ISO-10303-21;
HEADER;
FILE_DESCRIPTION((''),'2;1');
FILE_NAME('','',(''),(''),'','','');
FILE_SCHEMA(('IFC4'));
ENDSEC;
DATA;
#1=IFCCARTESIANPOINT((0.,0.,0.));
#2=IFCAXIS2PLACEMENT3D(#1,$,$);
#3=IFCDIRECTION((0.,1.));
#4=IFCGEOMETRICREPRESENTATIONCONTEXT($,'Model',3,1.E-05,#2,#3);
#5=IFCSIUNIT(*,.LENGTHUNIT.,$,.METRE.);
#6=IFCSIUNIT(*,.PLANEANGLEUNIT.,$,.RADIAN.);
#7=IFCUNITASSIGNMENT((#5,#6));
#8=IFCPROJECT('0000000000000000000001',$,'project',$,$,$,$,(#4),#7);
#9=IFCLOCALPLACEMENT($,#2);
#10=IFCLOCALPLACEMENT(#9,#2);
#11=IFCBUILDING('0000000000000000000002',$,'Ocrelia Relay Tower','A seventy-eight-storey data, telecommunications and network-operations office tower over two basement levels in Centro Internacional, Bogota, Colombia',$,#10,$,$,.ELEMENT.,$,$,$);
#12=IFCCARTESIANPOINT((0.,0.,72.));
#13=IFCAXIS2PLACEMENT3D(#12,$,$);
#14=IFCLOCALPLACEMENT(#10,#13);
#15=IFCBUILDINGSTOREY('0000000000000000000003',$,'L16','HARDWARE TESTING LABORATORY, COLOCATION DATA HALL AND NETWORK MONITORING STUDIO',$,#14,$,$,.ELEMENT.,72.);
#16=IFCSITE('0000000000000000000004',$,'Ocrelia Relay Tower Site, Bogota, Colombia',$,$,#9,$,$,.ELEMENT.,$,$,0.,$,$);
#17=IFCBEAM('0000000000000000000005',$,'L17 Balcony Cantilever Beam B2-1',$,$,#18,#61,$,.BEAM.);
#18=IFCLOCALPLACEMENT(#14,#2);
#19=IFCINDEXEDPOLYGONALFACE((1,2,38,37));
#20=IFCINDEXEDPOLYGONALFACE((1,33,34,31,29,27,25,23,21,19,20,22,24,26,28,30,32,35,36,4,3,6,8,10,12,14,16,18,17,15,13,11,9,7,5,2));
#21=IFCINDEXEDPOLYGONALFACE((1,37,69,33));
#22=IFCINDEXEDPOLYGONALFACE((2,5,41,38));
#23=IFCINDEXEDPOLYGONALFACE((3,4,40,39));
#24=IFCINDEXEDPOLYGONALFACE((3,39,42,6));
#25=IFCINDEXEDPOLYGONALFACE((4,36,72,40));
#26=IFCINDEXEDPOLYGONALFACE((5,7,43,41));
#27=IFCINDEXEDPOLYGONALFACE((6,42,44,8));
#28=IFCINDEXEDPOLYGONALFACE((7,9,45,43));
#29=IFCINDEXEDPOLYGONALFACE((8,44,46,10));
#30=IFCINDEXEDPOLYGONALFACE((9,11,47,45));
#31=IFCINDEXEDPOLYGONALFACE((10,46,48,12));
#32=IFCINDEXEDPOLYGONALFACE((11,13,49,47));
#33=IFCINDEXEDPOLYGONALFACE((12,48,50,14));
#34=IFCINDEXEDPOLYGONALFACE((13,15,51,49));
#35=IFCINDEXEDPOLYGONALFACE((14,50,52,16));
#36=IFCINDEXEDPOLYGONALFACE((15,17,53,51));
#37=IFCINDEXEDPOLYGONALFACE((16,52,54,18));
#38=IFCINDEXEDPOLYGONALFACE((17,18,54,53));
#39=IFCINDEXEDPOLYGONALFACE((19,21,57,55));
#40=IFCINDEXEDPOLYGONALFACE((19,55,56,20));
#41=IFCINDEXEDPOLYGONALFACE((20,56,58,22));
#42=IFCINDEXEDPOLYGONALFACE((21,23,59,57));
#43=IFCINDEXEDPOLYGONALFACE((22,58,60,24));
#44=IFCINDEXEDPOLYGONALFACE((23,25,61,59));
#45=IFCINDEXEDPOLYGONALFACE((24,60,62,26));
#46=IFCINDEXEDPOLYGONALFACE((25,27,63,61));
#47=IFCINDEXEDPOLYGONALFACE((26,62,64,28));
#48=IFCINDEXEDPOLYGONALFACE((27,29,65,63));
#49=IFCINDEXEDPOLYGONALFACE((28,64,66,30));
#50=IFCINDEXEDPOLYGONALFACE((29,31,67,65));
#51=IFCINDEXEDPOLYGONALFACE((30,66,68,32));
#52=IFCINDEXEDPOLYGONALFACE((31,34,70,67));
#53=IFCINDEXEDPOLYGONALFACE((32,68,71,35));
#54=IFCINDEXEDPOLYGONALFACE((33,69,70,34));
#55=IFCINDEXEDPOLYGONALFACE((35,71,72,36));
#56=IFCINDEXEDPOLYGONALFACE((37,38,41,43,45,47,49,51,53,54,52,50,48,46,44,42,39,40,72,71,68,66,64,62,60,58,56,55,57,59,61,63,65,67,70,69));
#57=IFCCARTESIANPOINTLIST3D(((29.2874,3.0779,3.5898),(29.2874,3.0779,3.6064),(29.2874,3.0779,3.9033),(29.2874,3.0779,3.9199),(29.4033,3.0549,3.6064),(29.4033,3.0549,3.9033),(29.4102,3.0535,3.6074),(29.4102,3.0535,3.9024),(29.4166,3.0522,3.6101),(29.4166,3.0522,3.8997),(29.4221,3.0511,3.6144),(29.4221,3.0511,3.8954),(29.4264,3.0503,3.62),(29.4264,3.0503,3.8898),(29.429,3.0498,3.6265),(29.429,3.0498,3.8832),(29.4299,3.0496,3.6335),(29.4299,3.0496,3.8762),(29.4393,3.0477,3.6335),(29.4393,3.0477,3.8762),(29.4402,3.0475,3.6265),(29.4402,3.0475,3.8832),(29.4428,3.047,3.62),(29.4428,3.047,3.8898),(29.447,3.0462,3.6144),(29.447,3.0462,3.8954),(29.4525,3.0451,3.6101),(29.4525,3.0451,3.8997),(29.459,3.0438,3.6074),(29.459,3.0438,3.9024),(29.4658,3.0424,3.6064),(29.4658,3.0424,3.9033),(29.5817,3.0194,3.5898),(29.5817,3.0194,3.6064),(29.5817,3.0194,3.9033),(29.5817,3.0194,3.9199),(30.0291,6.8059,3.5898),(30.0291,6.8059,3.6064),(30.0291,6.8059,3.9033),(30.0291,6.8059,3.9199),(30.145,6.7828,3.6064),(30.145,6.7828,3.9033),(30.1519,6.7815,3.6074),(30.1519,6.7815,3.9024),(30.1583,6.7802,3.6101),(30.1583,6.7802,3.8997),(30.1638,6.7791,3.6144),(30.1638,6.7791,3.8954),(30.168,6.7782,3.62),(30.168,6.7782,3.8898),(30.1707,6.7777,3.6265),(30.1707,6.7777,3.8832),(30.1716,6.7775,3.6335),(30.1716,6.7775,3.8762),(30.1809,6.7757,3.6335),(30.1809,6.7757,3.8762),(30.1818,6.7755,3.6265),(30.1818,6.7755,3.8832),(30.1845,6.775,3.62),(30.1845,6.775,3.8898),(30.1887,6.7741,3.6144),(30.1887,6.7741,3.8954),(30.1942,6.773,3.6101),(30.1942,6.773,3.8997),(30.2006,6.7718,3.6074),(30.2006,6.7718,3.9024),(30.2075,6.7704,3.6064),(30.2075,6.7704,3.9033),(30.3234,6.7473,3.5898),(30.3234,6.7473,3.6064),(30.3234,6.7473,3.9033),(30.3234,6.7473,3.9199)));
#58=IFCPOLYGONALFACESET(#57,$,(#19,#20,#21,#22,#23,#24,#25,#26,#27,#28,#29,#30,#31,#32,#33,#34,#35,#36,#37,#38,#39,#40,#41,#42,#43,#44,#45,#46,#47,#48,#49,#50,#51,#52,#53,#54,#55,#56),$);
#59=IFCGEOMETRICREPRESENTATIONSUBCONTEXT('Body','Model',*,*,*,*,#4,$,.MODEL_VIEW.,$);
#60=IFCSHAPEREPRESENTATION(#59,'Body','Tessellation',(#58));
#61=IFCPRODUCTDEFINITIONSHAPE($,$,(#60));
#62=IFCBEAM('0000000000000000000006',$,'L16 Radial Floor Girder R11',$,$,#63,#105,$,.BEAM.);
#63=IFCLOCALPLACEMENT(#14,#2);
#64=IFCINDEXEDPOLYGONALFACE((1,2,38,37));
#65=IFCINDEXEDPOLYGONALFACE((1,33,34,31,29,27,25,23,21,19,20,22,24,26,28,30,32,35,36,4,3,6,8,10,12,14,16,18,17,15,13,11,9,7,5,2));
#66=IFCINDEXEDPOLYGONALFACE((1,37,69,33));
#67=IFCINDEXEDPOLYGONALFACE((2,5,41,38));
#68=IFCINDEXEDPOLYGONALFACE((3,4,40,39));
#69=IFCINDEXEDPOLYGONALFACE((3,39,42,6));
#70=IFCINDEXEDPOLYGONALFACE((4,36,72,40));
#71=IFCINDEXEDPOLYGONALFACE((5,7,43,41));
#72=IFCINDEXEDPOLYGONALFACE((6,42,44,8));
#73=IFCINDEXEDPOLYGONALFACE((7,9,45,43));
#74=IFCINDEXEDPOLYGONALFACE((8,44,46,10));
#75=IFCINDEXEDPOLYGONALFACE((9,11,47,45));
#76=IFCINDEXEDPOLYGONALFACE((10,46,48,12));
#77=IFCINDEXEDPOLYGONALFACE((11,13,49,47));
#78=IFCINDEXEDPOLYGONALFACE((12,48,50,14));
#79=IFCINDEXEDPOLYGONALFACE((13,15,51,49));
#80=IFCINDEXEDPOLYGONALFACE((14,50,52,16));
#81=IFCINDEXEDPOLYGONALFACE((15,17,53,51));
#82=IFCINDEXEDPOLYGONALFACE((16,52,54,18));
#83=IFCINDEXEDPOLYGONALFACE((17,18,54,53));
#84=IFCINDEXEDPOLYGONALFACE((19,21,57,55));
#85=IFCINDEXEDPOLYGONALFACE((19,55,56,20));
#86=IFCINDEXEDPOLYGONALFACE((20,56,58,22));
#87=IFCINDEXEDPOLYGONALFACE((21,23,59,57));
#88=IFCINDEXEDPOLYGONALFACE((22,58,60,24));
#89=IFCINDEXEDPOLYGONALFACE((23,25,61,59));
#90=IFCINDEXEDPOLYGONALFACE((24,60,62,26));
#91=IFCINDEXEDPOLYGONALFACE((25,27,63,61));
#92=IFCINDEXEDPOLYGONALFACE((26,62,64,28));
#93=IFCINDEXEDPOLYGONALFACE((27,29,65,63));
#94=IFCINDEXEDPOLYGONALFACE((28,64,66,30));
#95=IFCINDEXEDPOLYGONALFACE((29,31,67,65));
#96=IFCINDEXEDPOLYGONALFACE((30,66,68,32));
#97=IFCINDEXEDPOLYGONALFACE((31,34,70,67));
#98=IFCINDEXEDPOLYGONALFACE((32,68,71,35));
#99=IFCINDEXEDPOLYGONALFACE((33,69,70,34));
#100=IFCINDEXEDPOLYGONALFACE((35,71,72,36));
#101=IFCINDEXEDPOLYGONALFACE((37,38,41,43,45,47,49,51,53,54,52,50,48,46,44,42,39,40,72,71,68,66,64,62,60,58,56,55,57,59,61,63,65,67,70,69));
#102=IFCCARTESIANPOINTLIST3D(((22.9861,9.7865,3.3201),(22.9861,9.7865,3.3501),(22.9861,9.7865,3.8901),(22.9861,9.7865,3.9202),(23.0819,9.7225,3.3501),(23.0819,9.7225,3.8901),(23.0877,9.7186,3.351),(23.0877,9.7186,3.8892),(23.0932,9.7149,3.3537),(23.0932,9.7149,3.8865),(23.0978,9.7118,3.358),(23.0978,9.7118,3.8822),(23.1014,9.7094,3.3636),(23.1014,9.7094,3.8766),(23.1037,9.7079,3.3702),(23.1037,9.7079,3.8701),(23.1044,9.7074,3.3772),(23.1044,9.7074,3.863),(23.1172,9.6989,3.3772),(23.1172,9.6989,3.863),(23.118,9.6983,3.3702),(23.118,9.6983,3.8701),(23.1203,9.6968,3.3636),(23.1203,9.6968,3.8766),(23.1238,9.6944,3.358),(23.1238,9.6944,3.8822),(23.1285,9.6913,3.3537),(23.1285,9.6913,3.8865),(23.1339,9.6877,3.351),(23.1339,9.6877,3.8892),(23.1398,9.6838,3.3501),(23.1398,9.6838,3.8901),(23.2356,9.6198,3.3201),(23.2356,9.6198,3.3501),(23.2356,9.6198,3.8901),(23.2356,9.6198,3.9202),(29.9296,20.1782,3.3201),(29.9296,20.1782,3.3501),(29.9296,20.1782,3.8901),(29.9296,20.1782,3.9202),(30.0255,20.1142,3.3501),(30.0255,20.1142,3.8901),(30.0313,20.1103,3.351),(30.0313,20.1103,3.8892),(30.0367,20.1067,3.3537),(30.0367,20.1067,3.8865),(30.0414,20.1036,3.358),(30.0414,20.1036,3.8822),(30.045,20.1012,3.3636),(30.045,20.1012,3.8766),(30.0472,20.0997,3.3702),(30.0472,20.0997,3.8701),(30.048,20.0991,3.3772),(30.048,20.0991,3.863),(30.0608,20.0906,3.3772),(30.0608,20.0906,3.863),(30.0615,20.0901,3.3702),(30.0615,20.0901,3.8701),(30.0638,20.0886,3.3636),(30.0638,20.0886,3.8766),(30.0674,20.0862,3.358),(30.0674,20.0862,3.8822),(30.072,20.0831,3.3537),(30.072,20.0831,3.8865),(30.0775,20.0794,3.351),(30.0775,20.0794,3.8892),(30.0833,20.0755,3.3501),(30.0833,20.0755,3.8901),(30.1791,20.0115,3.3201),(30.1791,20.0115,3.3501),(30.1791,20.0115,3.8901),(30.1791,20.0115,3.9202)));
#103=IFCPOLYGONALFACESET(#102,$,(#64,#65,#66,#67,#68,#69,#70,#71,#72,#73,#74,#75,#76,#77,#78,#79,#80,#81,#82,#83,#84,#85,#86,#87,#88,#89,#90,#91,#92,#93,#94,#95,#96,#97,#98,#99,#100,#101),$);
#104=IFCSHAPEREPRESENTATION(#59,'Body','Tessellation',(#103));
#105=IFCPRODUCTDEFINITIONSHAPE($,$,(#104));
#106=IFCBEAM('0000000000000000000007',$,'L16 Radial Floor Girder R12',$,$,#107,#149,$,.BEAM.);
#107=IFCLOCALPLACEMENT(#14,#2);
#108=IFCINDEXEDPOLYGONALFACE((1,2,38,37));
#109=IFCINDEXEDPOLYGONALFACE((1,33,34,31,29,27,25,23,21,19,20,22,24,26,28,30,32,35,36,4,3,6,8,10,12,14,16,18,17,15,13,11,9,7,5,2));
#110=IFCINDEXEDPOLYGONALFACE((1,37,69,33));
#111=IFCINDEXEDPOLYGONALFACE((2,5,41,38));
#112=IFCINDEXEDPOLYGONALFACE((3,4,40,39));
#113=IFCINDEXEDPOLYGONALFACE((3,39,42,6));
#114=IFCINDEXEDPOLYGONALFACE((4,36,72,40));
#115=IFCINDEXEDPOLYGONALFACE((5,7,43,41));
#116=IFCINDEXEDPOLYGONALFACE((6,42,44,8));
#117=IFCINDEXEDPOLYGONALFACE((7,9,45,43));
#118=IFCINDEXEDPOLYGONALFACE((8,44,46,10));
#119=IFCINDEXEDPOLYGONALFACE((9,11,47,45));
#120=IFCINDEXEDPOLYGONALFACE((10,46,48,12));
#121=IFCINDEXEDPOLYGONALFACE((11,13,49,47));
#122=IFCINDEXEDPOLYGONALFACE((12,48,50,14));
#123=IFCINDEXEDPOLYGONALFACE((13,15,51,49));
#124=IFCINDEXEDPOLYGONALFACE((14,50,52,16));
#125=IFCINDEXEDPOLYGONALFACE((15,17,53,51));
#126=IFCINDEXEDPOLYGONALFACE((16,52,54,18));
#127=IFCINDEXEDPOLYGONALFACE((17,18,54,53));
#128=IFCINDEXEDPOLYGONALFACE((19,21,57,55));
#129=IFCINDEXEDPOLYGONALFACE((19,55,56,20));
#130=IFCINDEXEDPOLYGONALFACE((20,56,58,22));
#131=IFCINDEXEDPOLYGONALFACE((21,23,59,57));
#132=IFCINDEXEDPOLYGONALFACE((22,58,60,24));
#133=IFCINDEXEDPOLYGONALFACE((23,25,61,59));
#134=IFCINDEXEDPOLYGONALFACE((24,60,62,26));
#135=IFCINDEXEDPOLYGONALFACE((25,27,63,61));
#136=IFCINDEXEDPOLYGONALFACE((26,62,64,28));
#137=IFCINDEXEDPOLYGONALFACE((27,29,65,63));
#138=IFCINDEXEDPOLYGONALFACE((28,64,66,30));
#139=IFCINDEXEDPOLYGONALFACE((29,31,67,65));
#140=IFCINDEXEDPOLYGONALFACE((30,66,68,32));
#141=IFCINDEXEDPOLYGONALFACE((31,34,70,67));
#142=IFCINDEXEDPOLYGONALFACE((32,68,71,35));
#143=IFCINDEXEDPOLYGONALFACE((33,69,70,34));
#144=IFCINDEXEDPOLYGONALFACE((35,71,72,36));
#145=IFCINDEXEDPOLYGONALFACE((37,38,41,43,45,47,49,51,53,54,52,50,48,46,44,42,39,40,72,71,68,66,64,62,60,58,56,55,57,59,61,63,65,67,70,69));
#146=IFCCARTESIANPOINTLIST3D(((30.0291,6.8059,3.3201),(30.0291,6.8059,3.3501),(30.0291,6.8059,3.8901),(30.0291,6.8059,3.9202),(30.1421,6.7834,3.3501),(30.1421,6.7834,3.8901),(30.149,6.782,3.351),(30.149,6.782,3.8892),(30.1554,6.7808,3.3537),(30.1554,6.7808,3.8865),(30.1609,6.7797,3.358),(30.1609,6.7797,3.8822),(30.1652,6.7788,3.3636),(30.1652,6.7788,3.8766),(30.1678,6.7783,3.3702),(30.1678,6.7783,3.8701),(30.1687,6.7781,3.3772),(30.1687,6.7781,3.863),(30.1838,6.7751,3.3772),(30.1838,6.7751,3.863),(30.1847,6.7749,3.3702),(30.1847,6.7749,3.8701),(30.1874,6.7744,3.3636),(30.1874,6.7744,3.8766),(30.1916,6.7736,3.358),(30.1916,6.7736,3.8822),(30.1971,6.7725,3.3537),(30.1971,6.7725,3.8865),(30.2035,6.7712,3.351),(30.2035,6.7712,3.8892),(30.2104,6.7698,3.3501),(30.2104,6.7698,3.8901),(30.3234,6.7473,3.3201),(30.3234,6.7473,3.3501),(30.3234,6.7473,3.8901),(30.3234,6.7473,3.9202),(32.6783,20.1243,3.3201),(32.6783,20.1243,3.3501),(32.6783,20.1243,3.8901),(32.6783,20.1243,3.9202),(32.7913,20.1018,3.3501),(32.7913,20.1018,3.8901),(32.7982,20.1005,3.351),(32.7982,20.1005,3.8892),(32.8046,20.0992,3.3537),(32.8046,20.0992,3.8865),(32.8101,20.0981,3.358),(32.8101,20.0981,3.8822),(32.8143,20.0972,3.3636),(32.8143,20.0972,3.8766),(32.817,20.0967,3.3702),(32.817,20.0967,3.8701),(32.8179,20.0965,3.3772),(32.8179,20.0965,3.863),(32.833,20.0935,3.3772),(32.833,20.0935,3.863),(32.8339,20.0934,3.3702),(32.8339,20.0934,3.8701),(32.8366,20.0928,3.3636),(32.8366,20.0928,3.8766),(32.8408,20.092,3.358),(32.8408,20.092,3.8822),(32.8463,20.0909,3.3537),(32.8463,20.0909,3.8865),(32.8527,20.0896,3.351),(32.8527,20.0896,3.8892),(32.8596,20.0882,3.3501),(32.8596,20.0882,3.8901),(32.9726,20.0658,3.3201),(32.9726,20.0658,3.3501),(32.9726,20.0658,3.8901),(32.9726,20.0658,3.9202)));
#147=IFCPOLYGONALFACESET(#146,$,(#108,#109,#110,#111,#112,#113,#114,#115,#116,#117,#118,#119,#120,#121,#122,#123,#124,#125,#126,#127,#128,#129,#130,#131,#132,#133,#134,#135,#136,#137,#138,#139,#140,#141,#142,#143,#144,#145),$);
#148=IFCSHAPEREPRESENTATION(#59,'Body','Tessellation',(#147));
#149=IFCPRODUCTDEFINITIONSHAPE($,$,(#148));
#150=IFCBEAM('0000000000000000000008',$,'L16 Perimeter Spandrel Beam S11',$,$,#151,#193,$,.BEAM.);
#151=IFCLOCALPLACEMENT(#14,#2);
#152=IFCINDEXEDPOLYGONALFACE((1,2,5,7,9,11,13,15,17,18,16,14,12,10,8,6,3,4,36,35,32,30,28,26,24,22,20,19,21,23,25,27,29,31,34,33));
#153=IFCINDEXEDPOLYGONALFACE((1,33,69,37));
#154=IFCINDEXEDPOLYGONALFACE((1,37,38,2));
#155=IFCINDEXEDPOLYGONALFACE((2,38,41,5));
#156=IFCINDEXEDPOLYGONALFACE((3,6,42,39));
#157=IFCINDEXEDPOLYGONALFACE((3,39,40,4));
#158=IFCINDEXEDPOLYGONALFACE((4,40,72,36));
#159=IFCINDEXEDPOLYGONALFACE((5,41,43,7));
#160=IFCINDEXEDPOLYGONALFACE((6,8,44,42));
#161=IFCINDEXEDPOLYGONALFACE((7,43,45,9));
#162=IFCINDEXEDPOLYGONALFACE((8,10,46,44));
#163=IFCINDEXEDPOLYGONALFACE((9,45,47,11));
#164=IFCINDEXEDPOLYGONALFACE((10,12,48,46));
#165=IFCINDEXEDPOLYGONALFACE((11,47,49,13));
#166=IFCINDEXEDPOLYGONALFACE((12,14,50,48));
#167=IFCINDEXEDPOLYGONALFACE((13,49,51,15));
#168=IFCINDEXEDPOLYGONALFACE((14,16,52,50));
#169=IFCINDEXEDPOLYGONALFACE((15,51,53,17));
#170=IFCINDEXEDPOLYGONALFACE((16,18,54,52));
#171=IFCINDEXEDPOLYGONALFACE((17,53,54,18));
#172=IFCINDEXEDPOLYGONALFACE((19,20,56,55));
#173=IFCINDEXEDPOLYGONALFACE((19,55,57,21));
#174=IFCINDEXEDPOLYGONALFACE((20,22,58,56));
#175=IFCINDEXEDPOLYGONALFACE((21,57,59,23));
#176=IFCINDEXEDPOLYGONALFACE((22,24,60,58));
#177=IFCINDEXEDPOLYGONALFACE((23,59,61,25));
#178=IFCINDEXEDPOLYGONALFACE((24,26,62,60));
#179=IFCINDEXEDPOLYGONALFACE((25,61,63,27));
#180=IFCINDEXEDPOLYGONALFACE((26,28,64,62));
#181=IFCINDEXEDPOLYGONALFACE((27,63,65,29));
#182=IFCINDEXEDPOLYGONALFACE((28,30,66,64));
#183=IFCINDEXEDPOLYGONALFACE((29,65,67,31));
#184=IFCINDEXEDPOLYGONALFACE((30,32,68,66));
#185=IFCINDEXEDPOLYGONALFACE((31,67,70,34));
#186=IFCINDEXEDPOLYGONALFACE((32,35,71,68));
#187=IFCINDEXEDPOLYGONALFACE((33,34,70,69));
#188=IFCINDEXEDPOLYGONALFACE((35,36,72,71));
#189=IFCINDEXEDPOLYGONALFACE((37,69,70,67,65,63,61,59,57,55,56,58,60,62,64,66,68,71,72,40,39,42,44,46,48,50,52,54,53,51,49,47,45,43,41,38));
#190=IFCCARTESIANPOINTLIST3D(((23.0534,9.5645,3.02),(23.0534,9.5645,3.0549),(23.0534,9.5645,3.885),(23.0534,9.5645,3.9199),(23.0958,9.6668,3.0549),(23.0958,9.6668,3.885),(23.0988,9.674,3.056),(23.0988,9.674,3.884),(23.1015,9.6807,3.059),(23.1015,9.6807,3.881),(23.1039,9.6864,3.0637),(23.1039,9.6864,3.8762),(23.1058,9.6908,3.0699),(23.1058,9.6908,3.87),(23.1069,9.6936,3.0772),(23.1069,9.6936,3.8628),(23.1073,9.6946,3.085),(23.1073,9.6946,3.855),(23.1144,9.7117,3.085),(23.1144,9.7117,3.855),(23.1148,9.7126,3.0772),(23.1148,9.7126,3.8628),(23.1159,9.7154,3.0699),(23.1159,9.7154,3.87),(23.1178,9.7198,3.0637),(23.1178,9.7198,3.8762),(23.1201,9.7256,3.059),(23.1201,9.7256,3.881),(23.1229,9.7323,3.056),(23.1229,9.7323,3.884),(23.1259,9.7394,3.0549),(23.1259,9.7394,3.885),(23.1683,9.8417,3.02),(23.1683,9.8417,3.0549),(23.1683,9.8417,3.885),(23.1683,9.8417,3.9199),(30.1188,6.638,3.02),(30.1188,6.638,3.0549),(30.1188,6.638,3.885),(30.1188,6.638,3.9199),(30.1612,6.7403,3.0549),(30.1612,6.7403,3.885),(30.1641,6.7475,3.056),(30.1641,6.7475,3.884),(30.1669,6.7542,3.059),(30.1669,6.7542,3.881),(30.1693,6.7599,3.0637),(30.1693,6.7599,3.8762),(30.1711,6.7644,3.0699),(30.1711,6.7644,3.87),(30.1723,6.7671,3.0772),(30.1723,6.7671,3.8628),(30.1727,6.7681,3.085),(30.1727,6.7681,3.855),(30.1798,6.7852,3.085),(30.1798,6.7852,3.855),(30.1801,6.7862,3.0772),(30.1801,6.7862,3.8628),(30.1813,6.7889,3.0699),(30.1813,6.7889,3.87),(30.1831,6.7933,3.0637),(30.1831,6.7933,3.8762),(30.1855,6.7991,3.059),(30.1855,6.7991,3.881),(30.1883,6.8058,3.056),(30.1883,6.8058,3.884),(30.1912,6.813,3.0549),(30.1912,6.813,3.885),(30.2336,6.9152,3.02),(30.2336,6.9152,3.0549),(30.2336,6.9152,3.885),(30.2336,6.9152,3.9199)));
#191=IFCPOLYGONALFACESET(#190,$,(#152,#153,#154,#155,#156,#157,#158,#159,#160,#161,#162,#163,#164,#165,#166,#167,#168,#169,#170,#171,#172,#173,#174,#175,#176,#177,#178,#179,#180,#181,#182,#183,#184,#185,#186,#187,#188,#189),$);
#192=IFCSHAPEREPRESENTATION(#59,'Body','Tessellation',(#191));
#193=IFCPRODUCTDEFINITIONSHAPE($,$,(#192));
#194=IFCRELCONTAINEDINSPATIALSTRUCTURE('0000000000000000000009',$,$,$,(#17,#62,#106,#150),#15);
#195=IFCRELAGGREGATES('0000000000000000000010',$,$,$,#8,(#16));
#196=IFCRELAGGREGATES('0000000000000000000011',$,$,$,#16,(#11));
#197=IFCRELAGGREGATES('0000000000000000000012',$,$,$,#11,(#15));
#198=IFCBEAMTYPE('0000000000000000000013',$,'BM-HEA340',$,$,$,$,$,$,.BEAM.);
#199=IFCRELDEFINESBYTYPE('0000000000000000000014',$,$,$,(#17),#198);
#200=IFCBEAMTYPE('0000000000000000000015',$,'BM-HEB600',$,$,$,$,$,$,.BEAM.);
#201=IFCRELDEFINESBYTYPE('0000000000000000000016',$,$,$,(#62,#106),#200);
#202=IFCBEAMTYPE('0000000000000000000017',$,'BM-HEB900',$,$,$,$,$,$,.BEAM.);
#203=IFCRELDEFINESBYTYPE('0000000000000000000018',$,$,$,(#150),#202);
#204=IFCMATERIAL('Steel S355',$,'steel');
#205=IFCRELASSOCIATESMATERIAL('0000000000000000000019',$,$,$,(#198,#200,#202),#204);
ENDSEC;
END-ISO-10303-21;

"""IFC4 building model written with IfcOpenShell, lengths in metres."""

from ifc_helpers import new_model, si_unit, direction, frame, origin, origin_2d, place, context, subcontext, project, spatial, i_section, extrude, material, material_profile, profile_set, type_object, element, save


model = new_model("IFC4")

# Units and contexts
model_context = context("Model", 3, precision=1e-05, world=origin(), true_north=direction((0.0, 1.0)))
body_context = subcontext(model_context, "Body", "Model", "MODEL_VIEW")
ifc_project = project(units=[si_unit("LENGTHUNIT", "METRE"), si_unit("PLANEANGLEUNIT", "RADIAN")], contexts=[model_context])

# Site, building, storey
site_placement = place(None, origin())
site = spatial("IfcSite", under=ifc_project, at=site_placement, Name="Ocrelia Relay Tower Site, Bogota, Colombia", CompositionType="ELEMENT", RefElevation=0.0)
building_placement = place(site_placement, origin())
building = spatial("IfcBuilding", under=site, at=building_placement, Name="Ocrelia Relay Tower", Description="A seventy-eight-storey data, telecommunications and network-operations office tower over two basement levels in Centro Internacional, Bogota, Colombia", CompositionType="ELEMENT")
storey_placement = place(building_placement, frame((0.0, 0.0, 72.0)))
storey = spatial("IfcBuildingStorey", under=building, at=storey_placement, Name="L16", Description="HARDWARE TESTING LABORATORY, COLOCATION DATA HALL AND NETWORK MONITORING STUDIO", CompositionType="ELEMENT", Elevation=72.0)

# Beams
ifc_material_1 = material(Name="Steel S355", Category="steel")
ifc_material_profile_1 = material_profile(ifc_material_1, i_section(OverallWidth=0.3, OverallDepth=0.3301, WebThickness=0.0095, FlangeThickness=0.0166, FilletRadius=0.0271, at=origin_2d()), Name="HEA 340")
ifc_profile_set_1 = profile_set([ifc_material_profile_1], Name="Steel S355")
beam_type_1 = type_object("IfcBeamType", Name="BM-HEA340", PredefinedType="BEAM", material=ifc_profile_set_1)
beam_1_placement = place(storey_placement, frame((30.1763, 6.7766, 3.7549), z_axis=(-0.195128, -0.980778, 0.0), x_axis=(0.980778, -0.195128, 0.0)))
element("IfcBeam", 1, at=beam_1_placement, inside=storey, type_object=beam_type_1, Name="L17 Balcony Cantilever Beam B2-1", PredefinedType="BEAM", context=body_context, shape_type="SweptSolid", body=[
    extrude(i_section(OverallWidth=0.3, OverallDepth=0.3301, WebThickness=0.0095, FlangeThickness=0.0166, FilletRadius=0.0271, at=origin_2d()), origin(), (0.0, 0.0, 1.0), 3.801),
])
ifc_material_profile_2 = material_profile(ifc_material_1, i_section(OverallWidth=0.3, OverallDepth=0.6001, WebThickness=0.0154, FlangeThickness=0.03, FilletRadius=0.0271, at=origin_2d()), Name="HEB 600")
ifc_profile_set_2 = profile_set([ifc_material_profile_2], Name="Steel S355")
beam_type_2 = type_object("IfcBeamType", Name="BM-HEB600", PredefinedType="BEAM", material=ifc_profile_set_2)
beam_2_placement = place(storey_placement, frame((23.1108, 9.7031, 3.6201), z_axis=(0.55557, 0.83147, 0.0), x_axis=(-0.83147, 0.55557, 0.0)))
element("IfcBeam", 2, at=beam_2_placement, inside=storey, type_object=beam_type_2, Name="L16 Radial Floor Girder R11", PredefinedType="BEAM", context=body_context, shape_type="SweptSolid", body=[
    extrude(i_section(OverallWidth=0.3, OverallDepth=0.6001, WebThickness=0.0154, FlangeThickness=0.03, FilletRadius=0.0271, at=origin_2d()), origin(), (0.0, 0.0, 1.0), 12.498),
])
beam_3_placement = place(storey_placement, frame((30.1763, 6.7766, 3.6201), z_axis=(0.195089, 0.980786, 0.0), x_axis=(-0.980786, 0.195089, 0.0)))
element("IfcBeam", 3, at=beam_3_placement, inside=storey, type_object=beam_type_2, Name="L16 Radial Floor Girder R12", PredefinedType="BEAM", context=body_context, shape_type="SweptSolid", body=[
    extrude(i_section(OverallWidth=0.3, OverallDepth=0.6001, WebThickness=0.0154, FlangeThickness=0.03, FilletRadius=0.0271, at=origin_2d()), origin(), (0.0, 0.0, 1.0), 13.5793),
])
ifc_material_profile_3 = material_profile(ifc_material_1, i_section(OverallWidth=0.3, OverallDepth=0.8999, WebThickness=0.0186, FlangeThickness=0.0349, FilletRadius=0.03, at=origin_2d()), Name="HEB 900")
ifc_profile_set_3 = profile_set([ifc_material_profile_3], Name="Steel S355")
beam_type_3 = type_object("IfcBeamType", Name="BM-HEB900", PredefinedType="BEAM", material=ifc_profile_set_3)
for number, where, z_axis, x_axis, name in (
    (4, (23.1108, 9.7031, 3.47), (0.923883, -0.382674, 0.0), (0.382674, 0.923883, 0.0), "L16 Perimeter Spandrel Beam S11"),
):
    element("IfcBeam", number, at=place(storey_placement, frame(where, z_axis=z_axis, x_axis=x_axis)), inside=storey, type_object=beam_type_3, Name=name, PredefinedType="BEAM", context=body_context, shape_type="SweptSolid", body=[
        extrude(i_section(OverallWidth=0.3, OverallDepth=0.8999, WebThickness=0.0186, FlangeThickness=0.0349, FilletRadius=0.03, at=origin_2d()), origin(), (0.0, 0.0, 1.0), 7.6475),
    ])

save(model, "model.ifc")
